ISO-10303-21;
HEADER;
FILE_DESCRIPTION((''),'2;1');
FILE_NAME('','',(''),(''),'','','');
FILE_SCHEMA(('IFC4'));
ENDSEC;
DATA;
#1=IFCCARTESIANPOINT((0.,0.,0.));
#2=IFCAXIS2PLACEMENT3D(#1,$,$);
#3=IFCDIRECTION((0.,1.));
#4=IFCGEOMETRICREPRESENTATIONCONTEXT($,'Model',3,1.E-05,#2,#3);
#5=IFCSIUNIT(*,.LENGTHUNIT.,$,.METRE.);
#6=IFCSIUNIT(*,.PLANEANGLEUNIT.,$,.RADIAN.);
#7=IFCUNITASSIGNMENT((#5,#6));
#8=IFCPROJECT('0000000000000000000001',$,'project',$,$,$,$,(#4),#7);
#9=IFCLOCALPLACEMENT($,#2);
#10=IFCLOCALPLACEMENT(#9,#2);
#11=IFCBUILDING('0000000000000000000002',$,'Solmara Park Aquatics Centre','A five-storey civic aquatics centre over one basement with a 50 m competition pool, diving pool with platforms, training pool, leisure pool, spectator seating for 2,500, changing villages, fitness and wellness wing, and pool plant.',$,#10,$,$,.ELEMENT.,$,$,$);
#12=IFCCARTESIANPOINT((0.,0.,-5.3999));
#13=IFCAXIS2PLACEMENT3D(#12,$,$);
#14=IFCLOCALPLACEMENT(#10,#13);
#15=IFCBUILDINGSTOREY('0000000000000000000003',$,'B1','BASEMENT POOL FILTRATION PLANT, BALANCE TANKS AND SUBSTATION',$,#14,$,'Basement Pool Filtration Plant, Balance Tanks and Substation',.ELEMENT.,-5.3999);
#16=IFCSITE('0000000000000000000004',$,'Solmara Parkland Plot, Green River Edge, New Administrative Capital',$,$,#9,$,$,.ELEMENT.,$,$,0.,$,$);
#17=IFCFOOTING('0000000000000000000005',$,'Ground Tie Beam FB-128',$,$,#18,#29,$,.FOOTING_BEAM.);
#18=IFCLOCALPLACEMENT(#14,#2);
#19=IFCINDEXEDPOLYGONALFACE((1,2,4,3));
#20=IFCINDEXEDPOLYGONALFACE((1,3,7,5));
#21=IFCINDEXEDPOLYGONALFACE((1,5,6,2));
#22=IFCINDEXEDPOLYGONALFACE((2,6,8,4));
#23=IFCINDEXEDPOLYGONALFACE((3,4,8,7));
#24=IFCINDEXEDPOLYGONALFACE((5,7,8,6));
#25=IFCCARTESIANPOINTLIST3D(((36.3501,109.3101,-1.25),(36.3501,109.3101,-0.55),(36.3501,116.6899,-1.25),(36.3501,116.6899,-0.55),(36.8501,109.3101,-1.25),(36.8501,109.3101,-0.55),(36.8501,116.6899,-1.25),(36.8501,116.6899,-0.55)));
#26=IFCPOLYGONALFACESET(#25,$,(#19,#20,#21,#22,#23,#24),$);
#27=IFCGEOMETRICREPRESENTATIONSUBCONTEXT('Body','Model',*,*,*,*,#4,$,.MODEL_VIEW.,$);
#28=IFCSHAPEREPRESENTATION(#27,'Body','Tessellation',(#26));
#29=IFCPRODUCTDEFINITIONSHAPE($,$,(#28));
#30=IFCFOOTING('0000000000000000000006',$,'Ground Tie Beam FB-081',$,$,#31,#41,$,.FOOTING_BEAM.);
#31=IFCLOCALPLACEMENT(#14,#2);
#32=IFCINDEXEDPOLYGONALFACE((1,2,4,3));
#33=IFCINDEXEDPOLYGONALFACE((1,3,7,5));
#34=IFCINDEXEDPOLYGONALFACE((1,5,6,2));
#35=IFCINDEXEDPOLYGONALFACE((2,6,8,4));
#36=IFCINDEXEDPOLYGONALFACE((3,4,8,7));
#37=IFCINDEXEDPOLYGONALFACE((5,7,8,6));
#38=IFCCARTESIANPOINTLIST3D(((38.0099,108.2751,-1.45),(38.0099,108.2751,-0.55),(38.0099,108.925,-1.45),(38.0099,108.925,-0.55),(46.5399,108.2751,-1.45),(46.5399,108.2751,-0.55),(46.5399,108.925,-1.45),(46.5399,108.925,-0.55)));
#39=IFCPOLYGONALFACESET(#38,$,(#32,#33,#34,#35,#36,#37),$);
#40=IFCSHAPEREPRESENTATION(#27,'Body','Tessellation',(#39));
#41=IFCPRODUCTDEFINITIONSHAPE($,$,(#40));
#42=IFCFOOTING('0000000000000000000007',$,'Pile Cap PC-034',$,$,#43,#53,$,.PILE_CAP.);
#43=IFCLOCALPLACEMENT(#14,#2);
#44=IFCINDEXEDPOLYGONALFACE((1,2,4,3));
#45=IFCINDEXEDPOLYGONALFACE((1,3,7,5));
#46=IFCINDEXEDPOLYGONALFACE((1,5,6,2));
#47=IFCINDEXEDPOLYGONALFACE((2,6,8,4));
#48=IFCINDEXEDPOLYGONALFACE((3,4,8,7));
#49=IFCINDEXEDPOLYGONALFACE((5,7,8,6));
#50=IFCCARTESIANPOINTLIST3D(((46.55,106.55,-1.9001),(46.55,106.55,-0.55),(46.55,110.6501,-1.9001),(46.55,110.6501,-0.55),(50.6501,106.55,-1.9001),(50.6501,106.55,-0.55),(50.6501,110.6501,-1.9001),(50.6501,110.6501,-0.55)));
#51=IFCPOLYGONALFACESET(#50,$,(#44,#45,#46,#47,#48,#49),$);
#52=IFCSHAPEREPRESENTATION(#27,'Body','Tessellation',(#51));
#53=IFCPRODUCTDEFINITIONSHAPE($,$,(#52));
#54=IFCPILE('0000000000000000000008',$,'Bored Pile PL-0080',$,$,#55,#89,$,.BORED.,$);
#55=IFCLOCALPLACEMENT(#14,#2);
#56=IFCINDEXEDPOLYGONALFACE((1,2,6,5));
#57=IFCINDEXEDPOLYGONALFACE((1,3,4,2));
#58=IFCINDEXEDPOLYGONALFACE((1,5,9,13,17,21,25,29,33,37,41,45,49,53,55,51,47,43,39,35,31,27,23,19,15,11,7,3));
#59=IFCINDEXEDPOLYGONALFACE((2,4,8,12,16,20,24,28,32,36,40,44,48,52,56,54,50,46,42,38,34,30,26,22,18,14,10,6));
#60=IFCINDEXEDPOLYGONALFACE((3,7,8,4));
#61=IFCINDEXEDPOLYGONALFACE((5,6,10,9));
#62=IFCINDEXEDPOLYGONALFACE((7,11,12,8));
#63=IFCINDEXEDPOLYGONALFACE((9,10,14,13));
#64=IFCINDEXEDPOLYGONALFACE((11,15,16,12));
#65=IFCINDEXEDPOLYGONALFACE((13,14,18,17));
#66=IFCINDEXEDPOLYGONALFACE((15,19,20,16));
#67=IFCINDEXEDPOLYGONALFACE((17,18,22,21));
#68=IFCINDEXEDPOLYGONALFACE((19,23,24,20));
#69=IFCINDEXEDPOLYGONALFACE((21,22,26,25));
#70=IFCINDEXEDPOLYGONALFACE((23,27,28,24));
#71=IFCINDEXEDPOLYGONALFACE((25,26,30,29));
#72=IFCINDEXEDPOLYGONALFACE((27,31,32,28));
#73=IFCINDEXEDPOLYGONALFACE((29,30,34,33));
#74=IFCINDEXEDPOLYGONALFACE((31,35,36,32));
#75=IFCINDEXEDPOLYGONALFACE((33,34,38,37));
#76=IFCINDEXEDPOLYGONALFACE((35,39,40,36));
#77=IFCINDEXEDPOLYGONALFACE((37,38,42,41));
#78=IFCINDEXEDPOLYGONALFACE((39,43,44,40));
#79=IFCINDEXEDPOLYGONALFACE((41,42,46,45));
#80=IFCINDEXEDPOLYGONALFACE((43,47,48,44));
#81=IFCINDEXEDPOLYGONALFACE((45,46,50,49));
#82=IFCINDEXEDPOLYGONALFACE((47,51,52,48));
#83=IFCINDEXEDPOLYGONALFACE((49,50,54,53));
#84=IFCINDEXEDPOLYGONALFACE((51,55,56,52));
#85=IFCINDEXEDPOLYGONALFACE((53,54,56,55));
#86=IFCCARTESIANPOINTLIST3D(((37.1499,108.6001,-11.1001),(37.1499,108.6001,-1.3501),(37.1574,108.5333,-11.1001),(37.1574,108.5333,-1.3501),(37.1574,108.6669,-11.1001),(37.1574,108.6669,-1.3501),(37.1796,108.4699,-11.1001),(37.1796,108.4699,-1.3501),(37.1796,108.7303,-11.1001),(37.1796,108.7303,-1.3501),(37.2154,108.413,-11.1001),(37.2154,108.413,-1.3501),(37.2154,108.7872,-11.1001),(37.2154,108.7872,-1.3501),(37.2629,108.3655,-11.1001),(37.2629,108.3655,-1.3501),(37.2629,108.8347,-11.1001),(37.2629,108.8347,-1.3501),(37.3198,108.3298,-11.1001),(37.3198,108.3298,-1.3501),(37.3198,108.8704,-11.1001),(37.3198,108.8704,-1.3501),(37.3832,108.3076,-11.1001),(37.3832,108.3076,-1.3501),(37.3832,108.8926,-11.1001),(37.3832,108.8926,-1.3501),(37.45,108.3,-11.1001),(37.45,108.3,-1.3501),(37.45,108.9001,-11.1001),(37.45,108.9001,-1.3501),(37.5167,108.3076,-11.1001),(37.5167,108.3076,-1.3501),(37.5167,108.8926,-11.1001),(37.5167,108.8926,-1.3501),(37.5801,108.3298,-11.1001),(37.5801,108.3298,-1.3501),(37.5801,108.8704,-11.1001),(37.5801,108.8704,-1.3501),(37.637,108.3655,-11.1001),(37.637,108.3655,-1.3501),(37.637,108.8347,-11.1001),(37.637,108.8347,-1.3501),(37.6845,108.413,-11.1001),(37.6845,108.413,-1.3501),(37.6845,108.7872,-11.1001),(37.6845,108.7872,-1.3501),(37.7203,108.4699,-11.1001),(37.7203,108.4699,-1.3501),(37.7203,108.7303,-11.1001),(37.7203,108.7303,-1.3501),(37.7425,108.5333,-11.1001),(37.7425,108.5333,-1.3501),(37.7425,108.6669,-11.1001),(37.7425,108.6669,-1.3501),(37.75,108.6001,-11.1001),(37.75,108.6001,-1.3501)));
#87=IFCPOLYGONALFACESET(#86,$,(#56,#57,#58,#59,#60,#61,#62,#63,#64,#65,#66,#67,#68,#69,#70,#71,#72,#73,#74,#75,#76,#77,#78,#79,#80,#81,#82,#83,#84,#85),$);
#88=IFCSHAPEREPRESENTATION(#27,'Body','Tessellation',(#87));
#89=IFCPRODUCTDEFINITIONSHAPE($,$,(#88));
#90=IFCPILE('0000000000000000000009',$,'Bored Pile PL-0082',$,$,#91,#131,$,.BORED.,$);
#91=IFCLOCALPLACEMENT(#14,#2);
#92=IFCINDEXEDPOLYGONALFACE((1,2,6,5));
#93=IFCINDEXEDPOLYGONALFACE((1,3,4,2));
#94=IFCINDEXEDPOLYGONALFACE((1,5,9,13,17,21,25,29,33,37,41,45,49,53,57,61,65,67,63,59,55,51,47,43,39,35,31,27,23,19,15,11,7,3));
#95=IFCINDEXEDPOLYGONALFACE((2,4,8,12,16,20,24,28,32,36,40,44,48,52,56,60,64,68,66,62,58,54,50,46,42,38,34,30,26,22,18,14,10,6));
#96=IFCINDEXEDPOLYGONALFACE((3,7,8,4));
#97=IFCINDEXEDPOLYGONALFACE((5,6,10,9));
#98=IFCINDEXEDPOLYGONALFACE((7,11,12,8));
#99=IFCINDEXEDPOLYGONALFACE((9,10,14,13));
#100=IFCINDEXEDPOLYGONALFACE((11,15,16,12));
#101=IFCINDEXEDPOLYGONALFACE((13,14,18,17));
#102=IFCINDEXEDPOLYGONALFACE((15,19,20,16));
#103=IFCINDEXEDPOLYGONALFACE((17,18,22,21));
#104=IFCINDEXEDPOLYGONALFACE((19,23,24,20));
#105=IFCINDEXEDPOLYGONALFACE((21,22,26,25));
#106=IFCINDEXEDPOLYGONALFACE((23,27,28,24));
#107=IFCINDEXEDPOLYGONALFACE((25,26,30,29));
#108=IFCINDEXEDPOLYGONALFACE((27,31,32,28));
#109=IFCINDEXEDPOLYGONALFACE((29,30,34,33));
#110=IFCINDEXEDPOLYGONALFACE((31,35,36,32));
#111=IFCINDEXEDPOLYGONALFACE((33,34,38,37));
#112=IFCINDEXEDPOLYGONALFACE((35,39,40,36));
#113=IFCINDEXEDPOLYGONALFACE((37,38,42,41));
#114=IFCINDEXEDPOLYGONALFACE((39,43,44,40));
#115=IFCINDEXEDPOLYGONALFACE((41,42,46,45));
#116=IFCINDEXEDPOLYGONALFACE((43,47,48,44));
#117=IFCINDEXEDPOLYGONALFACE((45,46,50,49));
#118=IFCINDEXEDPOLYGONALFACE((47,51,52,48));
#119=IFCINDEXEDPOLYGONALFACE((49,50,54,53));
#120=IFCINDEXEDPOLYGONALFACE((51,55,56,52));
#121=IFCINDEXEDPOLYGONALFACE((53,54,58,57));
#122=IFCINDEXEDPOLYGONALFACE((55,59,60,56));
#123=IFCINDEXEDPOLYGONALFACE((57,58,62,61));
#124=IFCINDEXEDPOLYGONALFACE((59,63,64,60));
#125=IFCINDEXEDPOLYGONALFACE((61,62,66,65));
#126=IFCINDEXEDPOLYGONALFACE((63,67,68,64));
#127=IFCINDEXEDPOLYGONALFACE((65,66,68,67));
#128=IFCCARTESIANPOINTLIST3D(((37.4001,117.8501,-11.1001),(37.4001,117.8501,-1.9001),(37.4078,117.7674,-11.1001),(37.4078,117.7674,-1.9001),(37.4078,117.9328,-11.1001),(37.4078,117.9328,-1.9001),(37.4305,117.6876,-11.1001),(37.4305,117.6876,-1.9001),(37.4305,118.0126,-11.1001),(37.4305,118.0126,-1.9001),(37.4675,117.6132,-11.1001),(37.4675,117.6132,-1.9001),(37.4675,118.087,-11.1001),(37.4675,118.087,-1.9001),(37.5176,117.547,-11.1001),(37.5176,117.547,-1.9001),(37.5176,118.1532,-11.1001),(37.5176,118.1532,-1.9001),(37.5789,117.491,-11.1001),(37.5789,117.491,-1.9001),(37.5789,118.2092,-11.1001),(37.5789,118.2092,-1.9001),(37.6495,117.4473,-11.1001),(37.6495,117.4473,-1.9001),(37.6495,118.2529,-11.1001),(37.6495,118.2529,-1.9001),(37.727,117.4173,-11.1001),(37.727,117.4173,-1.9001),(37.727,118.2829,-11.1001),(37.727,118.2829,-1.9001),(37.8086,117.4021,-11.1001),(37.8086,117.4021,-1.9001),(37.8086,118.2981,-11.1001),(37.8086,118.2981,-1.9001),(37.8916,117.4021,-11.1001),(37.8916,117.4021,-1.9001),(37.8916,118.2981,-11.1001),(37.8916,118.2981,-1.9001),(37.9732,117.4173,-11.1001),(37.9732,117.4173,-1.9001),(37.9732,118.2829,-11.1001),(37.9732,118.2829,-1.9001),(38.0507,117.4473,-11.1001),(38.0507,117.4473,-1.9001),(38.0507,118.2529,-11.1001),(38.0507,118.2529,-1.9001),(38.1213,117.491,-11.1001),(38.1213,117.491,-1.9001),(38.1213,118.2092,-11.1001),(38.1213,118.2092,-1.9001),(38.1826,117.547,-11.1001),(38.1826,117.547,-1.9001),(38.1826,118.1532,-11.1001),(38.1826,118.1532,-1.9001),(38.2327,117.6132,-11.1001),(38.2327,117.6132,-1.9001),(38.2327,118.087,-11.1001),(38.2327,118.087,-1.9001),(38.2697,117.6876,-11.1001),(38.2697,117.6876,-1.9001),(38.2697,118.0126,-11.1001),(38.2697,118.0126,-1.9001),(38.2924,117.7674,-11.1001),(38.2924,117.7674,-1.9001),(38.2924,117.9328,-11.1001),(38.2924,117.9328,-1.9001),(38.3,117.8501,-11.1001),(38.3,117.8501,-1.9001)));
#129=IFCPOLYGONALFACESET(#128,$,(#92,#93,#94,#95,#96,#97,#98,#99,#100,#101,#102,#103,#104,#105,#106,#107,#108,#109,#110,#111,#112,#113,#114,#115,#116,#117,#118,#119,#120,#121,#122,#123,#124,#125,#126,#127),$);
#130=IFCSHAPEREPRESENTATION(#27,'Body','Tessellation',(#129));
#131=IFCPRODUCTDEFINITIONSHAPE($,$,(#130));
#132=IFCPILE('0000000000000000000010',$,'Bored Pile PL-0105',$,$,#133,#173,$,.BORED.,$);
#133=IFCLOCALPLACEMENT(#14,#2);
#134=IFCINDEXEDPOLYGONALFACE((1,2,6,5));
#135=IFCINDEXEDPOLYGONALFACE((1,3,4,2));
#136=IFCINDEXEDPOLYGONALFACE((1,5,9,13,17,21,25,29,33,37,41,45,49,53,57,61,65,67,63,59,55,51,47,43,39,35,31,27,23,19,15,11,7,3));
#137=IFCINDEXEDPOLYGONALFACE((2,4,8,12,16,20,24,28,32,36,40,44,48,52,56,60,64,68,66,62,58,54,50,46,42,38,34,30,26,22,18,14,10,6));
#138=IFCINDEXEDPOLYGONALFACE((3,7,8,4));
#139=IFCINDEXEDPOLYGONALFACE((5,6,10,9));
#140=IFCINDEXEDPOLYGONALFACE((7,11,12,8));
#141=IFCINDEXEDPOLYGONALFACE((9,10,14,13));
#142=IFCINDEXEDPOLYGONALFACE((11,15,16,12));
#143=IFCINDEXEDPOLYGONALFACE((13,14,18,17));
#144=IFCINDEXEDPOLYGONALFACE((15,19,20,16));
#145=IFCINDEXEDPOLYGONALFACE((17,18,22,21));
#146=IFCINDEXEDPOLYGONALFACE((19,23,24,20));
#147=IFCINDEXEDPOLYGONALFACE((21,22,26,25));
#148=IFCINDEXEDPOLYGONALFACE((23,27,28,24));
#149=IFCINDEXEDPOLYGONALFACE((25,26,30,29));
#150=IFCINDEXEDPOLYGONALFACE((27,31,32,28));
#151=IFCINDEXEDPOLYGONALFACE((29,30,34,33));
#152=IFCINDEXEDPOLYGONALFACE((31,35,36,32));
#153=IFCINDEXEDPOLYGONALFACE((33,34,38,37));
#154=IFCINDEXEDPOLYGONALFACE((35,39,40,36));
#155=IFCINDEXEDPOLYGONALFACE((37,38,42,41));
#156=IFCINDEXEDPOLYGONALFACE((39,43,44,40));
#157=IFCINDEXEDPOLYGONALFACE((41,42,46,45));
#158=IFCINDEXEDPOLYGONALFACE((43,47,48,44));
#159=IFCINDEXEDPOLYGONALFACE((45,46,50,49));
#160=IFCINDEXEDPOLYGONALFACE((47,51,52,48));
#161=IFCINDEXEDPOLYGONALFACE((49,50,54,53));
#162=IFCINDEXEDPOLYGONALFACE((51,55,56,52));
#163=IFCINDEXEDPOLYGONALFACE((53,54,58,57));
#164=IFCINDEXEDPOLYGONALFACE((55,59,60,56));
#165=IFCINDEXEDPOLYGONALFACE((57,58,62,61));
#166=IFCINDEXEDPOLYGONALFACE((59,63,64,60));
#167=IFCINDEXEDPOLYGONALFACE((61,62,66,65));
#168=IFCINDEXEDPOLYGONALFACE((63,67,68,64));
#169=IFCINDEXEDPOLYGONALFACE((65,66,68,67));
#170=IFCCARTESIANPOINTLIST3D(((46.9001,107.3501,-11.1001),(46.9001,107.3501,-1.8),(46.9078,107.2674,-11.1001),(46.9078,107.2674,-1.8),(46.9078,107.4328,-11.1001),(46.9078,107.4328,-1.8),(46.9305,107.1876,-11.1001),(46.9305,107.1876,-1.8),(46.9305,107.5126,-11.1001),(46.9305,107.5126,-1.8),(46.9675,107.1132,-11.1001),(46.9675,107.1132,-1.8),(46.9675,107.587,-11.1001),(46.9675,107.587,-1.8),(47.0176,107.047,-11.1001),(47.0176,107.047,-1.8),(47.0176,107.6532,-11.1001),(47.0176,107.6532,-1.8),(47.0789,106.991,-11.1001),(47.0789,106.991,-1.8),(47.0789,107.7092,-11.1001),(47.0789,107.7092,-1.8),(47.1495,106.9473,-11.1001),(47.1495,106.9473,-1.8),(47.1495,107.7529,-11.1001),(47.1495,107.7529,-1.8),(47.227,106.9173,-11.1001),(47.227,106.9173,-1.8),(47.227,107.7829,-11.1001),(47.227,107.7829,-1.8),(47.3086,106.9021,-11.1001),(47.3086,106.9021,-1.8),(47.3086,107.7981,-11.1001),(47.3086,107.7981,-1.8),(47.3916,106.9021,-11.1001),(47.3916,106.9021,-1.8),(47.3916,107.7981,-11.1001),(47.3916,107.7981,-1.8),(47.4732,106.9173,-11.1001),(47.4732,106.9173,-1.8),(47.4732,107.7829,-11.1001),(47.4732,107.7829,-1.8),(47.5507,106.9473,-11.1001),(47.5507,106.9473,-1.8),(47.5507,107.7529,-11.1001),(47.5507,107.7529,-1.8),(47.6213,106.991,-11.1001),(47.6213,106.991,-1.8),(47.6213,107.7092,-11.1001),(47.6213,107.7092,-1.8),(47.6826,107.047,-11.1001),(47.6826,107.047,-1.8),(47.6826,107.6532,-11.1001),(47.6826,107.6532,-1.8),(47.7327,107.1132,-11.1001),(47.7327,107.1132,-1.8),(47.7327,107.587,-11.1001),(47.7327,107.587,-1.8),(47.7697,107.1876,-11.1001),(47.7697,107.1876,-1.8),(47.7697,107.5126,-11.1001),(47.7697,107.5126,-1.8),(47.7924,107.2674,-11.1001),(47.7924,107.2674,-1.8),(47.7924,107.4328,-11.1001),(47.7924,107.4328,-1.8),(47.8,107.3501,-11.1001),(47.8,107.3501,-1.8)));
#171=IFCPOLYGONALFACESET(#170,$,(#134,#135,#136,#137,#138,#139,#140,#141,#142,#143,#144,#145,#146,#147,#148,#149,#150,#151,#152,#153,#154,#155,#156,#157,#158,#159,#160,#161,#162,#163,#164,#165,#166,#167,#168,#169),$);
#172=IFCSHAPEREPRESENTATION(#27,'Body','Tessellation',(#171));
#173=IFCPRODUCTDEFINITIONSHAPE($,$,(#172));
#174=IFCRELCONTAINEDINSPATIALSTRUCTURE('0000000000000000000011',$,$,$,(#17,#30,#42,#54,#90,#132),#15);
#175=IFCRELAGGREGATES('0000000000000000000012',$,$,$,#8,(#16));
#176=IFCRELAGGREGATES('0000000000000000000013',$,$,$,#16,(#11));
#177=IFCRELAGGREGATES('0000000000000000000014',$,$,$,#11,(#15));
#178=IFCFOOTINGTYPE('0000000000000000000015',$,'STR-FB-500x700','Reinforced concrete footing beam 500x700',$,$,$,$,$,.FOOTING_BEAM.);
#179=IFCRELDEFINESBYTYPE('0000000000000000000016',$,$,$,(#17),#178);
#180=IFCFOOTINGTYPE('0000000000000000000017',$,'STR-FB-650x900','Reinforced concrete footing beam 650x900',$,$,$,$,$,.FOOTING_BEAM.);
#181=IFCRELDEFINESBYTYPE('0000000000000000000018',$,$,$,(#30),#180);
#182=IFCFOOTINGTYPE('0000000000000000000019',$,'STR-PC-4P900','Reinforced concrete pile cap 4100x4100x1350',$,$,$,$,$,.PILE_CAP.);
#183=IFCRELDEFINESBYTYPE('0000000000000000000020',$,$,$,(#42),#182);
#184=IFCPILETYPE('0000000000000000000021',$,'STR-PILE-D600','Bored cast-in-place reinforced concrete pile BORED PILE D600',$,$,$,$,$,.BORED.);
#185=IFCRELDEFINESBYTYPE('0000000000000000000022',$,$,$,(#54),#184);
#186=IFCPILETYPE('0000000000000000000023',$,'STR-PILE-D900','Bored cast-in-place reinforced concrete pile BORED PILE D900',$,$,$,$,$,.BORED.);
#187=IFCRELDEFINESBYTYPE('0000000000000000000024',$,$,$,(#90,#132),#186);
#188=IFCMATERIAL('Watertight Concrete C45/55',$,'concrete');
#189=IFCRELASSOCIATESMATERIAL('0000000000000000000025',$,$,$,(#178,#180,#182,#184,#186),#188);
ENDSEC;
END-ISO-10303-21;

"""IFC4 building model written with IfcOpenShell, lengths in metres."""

from ifc_helpers import new_model, si_unit, direction, frame, origin, origin_2d, place, context, subcontext, project, spatial, rectangle, circle, extrude, material, material_profile, profile_set, type_object, element, save


model = new_model("IFC4")

# Units and contexts
model_context = context("Model", 3, precision=1e-05, world=origin(), true_north=direction((0.0, 1.0)))
body_context = subcontext(model_context, "Body", "Model", "MODEL_VIEW")
ifc_project = project(units=[si_unit("LENGTHUNIT", "METRE"), si_unit("PLANEANGLEUNIT", "RADIAN")], contexts=[model_context])

# Site, building, storey
site_placement = place(None, origin())
site = spatial("IfcSite", under=ifc_project, at=site_placement, Name="Solmara Parkland Plot, Green River Edge, New Administrative Capital", CompositionType="ELEMENT", RefElevation=0.0)
building_placement = place(site_placement, origin())
building = spatial("IfcBuilding", under=site, at=building_placement, Name="Solmara Park Aquatics Centre", Description="A five-storey civic aquatics centre over one basement with a 50 m competition pool, diving pool with platforms, training pool, leisure pool, spectator seating for 2,500, changing villages, fitness and wellness wing, and pool plant.", CompositionType="ELEMENT")
storey_placement = place(building_placement, frame((0.0, 0.0, -5.3999)))
storey = spatial("IfcBuildingStorey", under=building, at=storey_placement, Name="B1", Description="BASEMENT POOL FILTRATION PLANT, BALANCE TANKS AND SUBSTATION", LongName="Basement Pool Filtration Plant, Balance Tanks and Substation", CompositionType="ELEMENT", Elevation=-5.3999)

# Footings
ifc_material_1 = material(Name="Watertight Concrete C45/55", Category="concrete")
footing_type_1 = type_object("IfcFootingType", Name="STR-FB-500x700", Description="Reinforced concrete footing beam 500x700", PredefinedType="FOOTING_BEAM", material=ifc_material_1)
footing_1_placement = place(storey_placement, frame((36.6001, 113.0, -1.25), z_axis=(0.0, 0.0, 1.0), x_axis=(1.0, 0.0, 0.0)))
element("IfcFooting", 1, at=footing_1_placement, inside=storey, type_object=footing_type_1, Name="Ground Tie Beam FB-128", PredefinedType="FOOTING_BEAM", context=body_context, shape_type="SweptSolid", body=[
    extrude(rectangle(XDim=0.5, YDim=7.3799, at=origin_2d()), origin(), (0.0, 0.0, 1.0), 0.7),
])
footing_type_2 = type_object("IfcFootingType", Name="STR-FB-650x900", Description="Reinforced concrete footing beam 650x900", PredefinedType="FOOTING_BEAM", material=ifc_material_1)
footing_2_placement = place(storey_placement, frame((42.2749, 108.6001, -1.45), z_axis=(0.0, 0.0, 1.0), x_axis=(1.0, 0.0, 0.0)))
element("IfcFooting", 2, at=footing_2_placement, inside=storey, type_object=footing_type_2, Name="Ground Tie Beam FB-081", PredefinedType="FOOTING_BEAM", context=body_context, shape_type="SweptSolid", body=[
    extrude(rectangle(XDim=8.53, YDim=0.6499, at=origin_2d()), origin(), (0.0, 0.0, 1.0), 0.8999),
])
footing_type_3 = type_object("IfcFootingType", Name="STR-PC-4P900", Description="Reinforced concrete pile cap 4100x4100x1350", PredefinedType="PILE_CAP", material=ifc_material_1)
footing_3_placement = place(storey_placement, frame((48.6001, 108.6001, -1.9001), z_axis=(0.0, 0.0, 1.0), x_axis=(1.0, 0.0, 0.0)))
element("IfcFooting", 3, at=footing_3_placement, inside=storey, type_object=footing_type_3, Name="Pile Cap PC-034", PredefinedType="PILE_CAP", context=body_context, shape_type="SweptSolid", body=[
    extrude(rectangle(XDim=4.1001, YDim=4.1001, at=origin_2d()), origin(), (0.0, 0.0, 1.0), 1.3501),
])

# Piles
ifc_material_profile_1 = material_profile(ifc_material_1, circle(Radius=0.3, at=origin_2d()), Name="BORED PILE D600")
ifc_profile_set_1 = profile_set([ifc_material_profile_1], Name="Watertight Concrete C45/55")
pile_type_1 = type_object("IfcPileType", Name="STR-PILE-D600", Description="Bored cast-in-place reinforced concrete pile BORED PILE D600", PredefinedType="BORED", material=ifc_profile_set_1)
pile_1_placement = place(storey_placement, frame((37.45, 108.6001, -1.3501), z_axis=(0.0, 0.0, -1.0), x_axis=(1.0, 0.0, 0.0)))
element("IfcPile", 4, at=pile_1_placement, inside=storey, type_object=pile_type_1, Name="Bored Pile PL-0080", PredefinedType="BORED", context=body_context, shape_type="SweptSolid", body=[
    extrude(circle(Radius=0.3, at=origin_2d()), origin(), (0.0, 0.0, 1.0), 9.75),
])
ifc_material_profile_2 = material_profile(ifc_material_1, circle(Radius=0.45, at=origin_2d()), Name="BORED PILE D900")
ifc_profile_set_2 = profile_set([ifc_material_profile_2], Name="Watertight Concrete C45/55")
pile_type_2 = type_object("IfcPileType", Name="STR-PILE-D900", Description="Bored cast-in-place reinforced concrete pile BORED PILE D900", PredefinedType="BORED", material=ifc_profile_set_2)
pile_2_placement = place(storey_placement, frame((37.8501, 117.8501, -1.9001), z_axis=(0.0, 0.0, -1.0), x_axis=(1.0, 0.0, 0.0)))
element("IfcPile", 5, at=pile_2_placement, inside=storey, type_object=pile_type_2, Name="Bored Pile PL-0082", PredefinedType="BORED", context=body_context, shape_type="SweptSolid", body=[
    extrude(circle(Radius=0.45, at=origin_2d()), origin(), (0.0, 0.0, 1.0), 9.2),
])
for number, where, z_axis, x_axis, name in (
    (6, (47.3501, 107.3501, -1.8), (0.0, 0.0, -1.0), (1.0, 0.0, 0.0), "Bored Pile PL-0105"),
):
    element("IfcPile", number, at=place(storey_placement, frame(where, z_axis=z_axis, x_axis=x_axis)), inside=storey, type_object=pile_type_2, Name=name, PredefinedType="BORED", context=body_context, shape_type="SweptSolid", body=[
        extrude(circle(Radius=0.45, at=origin_2d()), origin(), (0.0, 0.0, 1.0), 9.3),
    ])

save(model, "model.ifc")
